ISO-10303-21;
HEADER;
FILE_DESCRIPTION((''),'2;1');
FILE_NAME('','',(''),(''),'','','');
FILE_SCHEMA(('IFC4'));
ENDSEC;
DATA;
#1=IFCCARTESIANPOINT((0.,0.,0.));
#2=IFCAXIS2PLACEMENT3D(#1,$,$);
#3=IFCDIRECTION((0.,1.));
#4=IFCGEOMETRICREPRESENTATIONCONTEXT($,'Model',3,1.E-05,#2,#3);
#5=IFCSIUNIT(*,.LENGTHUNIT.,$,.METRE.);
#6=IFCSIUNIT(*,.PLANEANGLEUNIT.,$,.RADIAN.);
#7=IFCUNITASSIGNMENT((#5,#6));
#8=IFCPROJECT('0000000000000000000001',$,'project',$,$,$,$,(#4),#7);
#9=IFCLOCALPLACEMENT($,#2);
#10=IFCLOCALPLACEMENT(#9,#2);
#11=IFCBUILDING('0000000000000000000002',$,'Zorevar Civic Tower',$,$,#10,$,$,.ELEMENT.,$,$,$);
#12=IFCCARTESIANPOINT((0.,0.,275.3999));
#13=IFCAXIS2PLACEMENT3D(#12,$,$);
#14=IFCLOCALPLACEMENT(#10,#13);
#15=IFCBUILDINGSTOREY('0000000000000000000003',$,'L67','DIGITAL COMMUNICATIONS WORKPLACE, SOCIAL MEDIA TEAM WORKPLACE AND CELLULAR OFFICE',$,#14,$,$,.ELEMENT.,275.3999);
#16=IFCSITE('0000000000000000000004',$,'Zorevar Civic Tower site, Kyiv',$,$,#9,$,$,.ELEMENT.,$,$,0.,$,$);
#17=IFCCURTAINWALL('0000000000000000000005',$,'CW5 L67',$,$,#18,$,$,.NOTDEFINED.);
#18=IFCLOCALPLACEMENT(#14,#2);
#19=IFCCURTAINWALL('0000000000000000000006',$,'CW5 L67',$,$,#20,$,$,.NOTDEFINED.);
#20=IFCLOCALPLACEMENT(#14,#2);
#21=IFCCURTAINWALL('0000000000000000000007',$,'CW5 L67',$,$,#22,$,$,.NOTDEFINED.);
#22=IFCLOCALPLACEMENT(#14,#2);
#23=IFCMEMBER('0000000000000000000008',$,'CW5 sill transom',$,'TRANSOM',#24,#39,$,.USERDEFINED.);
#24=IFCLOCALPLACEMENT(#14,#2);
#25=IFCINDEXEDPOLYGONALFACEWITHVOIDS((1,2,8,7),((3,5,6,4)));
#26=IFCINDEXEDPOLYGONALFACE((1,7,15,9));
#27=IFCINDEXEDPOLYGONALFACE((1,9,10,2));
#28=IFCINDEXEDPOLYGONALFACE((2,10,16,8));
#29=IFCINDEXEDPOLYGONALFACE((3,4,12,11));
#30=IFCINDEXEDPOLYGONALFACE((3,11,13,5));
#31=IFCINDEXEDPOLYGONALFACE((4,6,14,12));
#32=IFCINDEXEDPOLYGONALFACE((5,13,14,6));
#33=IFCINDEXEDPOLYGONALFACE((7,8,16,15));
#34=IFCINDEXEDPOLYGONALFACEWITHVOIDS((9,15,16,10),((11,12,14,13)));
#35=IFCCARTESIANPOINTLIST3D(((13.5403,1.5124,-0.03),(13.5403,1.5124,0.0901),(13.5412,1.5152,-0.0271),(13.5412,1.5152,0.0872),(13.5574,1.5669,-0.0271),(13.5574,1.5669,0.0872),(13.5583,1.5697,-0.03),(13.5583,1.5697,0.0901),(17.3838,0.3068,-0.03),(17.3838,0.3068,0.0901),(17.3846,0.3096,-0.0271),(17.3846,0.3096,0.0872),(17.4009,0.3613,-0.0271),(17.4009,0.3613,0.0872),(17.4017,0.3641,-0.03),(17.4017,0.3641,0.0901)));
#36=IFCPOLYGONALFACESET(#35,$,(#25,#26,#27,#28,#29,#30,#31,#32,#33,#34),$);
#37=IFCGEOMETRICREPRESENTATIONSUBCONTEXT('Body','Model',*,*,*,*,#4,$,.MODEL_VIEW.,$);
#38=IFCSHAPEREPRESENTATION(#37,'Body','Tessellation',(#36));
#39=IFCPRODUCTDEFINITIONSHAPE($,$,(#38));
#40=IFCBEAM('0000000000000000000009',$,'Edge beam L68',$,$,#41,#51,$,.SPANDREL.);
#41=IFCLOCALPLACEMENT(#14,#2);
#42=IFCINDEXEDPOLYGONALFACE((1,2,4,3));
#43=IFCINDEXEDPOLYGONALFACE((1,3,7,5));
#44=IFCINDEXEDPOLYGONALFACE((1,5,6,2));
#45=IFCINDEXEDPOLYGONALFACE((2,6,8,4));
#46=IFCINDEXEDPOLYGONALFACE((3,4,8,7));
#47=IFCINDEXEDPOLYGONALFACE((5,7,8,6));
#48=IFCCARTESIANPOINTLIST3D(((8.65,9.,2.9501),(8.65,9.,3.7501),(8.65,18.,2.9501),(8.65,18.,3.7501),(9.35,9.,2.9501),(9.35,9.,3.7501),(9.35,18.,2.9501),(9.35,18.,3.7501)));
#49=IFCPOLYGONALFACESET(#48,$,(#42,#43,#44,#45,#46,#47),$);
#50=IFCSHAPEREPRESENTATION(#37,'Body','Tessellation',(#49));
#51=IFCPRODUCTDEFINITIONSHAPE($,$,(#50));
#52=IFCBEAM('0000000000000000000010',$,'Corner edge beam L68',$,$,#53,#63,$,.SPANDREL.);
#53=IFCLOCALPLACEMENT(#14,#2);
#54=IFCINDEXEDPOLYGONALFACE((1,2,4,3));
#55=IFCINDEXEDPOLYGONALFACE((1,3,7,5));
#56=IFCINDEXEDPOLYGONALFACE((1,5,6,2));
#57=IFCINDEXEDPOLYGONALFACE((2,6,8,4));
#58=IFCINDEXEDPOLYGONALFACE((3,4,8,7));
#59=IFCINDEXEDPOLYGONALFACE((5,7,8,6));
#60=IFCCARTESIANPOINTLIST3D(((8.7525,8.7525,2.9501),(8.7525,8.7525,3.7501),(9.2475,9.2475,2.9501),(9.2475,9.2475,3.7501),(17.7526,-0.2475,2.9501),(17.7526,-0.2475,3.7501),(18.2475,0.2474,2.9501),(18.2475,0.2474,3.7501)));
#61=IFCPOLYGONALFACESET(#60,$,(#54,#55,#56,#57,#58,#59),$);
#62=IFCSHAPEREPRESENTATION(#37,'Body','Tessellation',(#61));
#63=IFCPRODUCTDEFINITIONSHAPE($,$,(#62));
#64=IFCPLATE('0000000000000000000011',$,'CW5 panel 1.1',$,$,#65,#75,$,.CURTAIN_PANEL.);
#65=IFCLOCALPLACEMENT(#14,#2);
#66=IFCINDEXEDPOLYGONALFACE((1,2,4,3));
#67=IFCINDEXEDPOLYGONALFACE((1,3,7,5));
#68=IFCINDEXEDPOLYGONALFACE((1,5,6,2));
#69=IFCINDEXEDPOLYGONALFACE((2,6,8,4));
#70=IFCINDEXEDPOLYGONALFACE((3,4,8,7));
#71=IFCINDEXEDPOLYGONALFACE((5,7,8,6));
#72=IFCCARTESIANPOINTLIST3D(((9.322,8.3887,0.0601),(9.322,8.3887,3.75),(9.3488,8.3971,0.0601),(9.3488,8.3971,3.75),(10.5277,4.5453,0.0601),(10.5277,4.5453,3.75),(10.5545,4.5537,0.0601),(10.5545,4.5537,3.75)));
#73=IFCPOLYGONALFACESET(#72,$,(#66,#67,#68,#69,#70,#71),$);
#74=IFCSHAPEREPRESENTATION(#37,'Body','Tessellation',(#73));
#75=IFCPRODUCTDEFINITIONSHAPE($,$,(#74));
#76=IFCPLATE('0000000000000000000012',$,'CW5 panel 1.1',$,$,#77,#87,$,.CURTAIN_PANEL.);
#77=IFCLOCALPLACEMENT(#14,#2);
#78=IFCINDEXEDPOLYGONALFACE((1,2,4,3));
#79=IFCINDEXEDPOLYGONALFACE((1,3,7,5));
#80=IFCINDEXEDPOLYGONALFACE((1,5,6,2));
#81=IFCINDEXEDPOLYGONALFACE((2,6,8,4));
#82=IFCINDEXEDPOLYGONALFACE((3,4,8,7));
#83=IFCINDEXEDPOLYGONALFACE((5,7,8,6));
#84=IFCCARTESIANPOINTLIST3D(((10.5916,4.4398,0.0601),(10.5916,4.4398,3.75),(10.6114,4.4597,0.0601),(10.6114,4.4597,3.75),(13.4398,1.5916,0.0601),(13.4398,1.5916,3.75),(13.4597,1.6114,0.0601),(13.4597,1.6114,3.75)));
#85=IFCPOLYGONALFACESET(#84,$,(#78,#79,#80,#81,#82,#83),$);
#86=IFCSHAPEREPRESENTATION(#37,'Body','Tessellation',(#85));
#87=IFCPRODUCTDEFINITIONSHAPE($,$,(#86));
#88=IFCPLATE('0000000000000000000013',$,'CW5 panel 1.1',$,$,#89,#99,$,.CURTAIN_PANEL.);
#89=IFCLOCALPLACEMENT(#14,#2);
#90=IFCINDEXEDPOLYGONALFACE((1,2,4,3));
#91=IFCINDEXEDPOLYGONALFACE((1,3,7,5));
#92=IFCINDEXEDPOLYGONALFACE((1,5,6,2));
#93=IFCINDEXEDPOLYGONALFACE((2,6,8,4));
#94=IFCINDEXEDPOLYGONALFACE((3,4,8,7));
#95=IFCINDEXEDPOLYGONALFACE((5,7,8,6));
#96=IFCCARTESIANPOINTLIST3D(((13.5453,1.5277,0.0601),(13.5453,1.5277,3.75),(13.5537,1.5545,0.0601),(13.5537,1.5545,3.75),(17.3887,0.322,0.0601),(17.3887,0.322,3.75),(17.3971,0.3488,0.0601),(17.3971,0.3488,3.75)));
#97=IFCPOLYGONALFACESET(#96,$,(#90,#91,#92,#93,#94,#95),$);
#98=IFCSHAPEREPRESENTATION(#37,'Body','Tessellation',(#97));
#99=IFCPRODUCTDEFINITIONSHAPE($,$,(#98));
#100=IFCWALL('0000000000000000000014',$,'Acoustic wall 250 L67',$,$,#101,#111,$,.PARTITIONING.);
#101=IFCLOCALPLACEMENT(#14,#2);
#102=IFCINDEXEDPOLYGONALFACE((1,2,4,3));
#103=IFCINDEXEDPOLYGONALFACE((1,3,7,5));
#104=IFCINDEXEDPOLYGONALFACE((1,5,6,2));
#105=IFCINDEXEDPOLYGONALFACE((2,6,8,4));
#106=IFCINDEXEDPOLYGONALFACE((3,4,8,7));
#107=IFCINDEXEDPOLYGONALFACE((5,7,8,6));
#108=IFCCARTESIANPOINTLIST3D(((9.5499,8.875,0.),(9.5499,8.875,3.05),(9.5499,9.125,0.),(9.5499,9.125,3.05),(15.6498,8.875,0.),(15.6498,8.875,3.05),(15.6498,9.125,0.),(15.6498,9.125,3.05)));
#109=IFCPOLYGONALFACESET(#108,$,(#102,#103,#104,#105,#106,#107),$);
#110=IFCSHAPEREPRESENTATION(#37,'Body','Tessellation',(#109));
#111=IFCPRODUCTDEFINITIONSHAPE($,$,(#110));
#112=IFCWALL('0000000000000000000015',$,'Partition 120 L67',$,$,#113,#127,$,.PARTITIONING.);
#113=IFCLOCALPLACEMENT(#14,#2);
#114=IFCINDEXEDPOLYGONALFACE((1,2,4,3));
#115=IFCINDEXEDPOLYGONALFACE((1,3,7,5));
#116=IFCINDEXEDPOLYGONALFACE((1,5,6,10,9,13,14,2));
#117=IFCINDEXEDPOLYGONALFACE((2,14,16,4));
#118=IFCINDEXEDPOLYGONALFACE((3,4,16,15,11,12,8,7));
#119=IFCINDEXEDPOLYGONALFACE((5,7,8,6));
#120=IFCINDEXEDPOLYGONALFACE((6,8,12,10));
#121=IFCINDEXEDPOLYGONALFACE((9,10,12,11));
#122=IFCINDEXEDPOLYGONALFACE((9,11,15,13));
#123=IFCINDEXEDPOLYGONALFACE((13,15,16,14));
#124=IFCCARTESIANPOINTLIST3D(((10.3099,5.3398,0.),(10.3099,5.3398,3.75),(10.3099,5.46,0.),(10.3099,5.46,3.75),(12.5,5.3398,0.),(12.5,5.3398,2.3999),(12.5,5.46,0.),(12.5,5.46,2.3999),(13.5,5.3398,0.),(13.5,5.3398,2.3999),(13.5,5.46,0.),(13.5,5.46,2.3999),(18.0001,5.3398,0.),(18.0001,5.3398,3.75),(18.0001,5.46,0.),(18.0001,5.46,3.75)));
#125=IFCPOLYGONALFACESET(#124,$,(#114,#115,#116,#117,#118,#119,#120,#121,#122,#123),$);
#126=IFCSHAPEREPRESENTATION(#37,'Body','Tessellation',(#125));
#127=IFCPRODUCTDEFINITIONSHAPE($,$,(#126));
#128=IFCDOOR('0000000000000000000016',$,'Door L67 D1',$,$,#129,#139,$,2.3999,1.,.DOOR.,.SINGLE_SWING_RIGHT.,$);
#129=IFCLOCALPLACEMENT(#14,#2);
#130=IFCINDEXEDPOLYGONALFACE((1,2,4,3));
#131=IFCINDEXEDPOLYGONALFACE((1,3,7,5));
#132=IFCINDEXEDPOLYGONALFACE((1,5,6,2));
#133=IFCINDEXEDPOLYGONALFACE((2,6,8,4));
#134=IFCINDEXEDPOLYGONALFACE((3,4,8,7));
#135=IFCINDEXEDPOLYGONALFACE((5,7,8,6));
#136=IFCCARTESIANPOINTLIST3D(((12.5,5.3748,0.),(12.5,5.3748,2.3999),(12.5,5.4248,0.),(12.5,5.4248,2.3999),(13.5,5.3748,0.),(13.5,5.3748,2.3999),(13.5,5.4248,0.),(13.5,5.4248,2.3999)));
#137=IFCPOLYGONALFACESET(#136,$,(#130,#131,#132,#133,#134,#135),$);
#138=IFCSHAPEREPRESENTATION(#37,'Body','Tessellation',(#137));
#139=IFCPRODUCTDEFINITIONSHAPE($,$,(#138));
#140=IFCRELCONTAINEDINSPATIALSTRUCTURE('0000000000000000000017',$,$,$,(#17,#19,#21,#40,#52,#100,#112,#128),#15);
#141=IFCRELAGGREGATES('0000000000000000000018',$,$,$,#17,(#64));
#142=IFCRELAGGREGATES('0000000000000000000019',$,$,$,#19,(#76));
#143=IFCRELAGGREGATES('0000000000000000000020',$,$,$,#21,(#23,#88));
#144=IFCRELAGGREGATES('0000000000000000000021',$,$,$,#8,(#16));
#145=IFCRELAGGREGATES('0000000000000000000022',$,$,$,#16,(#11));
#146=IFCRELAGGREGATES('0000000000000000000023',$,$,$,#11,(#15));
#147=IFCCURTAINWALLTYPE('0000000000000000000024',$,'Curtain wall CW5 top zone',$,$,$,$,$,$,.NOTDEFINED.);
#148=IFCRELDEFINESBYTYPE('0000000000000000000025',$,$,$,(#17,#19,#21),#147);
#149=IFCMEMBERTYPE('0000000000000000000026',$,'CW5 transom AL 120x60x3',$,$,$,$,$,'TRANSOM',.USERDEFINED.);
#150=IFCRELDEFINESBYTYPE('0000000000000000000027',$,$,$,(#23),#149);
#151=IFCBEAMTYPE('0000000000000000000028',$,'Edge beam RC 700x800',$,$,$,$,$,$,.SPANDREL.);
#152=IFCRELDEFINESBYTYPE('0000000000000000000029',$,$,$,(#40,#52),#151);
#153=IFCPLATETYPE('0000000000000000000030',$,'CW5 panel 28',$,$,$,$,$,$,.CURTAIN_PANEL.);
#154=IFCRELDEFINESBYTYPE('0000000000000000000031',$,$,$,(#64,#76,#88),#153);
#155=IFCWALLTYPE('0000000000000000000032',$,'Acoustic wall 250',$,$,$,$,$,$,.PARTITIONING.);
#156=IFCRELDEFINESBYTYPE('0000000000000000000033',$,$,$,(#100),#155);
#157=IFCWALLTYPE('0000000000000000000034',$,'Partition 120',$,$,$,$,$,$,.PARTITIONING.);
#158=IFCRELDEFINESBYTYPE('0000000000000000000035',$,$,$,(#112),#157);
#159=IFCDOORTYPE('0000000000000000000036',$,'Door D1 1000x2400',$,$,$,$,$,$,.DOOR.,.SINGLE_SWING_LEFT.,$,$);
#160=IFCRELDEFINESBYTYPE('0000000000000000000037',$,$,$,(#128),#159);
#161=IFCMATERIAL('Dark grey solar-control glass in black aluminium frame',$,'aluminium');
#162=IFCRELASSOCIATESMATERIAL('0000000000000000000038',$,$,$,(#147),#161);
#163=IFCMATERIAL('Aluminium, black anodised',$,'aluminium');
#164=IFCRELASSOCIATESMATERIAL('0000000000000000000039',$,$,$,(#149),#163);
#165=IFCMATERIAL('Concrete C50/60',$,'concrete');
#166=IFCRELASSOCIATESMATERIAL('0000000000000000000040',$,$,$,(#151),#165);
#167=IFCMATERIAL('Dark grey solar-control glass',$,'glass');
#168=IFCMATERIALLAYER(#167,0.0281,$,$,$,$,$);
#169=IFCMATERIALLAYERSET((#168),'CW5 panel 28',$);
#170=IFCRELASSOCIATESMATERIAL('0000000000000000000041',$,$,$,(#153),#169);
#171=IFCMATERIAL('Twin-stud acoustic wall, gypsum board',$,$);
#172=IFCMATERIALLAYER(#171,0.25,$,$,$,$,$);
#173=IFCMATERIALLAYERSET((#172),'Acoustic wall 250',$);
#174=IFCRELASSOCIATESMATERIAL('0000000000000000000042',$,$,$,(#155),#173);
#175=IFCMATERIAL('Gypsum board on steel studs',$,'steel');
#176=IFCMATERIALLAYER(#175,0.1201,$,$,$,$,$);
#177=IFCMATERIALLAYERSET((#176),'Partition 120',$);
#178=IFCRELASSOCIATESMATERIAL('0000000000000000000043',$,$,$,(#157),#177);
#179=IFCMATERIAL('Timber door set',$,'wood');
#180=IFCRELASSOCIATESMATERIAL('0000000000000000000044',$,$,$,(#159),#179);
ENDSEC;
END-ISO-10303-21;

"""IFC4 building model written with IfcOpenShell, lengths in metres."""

from ifc_helpers import new_model, si_unit, direction, frame, frame_2d, origin, origin_2d, place, context, subcontext, project, spatial, rectangle, hollow_rectangle, extrude, material, layer, layer_set, material_profile, profile_set, type_object, element, fill, aggregate, save


model = new_model("IFC4")

# Units and contexts
model_context = context("Model", 3, precision=1e-05, world=origin(), true_north=direction((0.0, 1.0)))
body_context = subcontext(model_context, "Body", "Model", "MODEL_VIEW")
ifc_project = project(units=[si_unit("LENGTHUNIT", "METRE"), si_unit("PLANEANGLEUNIT", "RADIAN")], contexts=[model_context])

# Site, building, storey
site_placement = place(None, origin())
site = spatial("IfcSite", under=ifc_project, at=site_placement, Name="Zorevar Civic Tower site, Kyiv", CompositionType="ELEMENT", RefElevation=0.0)
building_placement = place(site_placement, origin())
building = spatial("IfcBuilding", under=site, at=building_placement, Name="Zorevar Civic Tower", CompositionType="ELEMENT")
storey_placement = place(building_placement, frame((0.0, 0.0, 275.3999)))
storey = spatial("IfcBuildingStorey", under=building, at=storey_placement, Name="L67", Description="DIGITAL COMMUNICATIONS WORKPLACE, SOCIAL MEDIA TEAM WORKPLACE AND CELLULAR OFFICE", CompositionType="ELEMENT", Elevation=275.3999)

# Shared definitions
ifc_material_1 = material(Name="Dark grey solar-control glass in black aluminium frame", Category="aluminium")
curtain_wall_type = type_object("IfcCurtainWallType", Name="Curtain wall CW5 top zone", PredefinedType="NOTDEFINED", material=ifc_material_1)

# Curtain walls
curtain_wall_1_placement = place(storey_placement, origin())
curtain_wall_1 = element("IfcCurtainWall", 1, at=curtain_wall_1_placement, inside=storey, type_object=curtain_wall_type, Name="CW5 L67", PredefinedType="NOTDEFINED")
curtain_wall_2_placement = place(storey_placement, origin())
curtain_wall_2 = element("IfcCurtainWall", 2, at=curtain_wall_2_placement, inside=storey, type_object=curtain_wall_type, Name="CW5 L67", PredefinedType="NOTDEFINED")
curtain_wall_3_placement = place(storey_placement, origin())
curtain_wall_3 = element("IfcCurtainWall", 3, at=curtain_wall_3_placement, inside=storey, type_object=curtain_wall_type, Name="CW5 L67", PredefinedType="NOTDEFINED")

# Member
ifc_material_2 = material(Name="Aluminium, black anodised", Category="aluminium")
ifc_material_profile_1 = material_profile(ifc_material_2, hollow_rectangle(XDim=0.0601, YDim=0.1201, WallThickness=0.0029, at=origin_2d()), Name="AL 120x60x3")
ifc_profile_set_1 = profile_set([ifc_material_profile_1], Name="Aluminium, black anodised")
member_type_1 = type_object("IfcMemberType", Name="CW5 transom AL 120x60x3", ElementType="TRANSOM", PredefinedType="USERDEFINED", material=ifc_profile_set_1)
member_1_placement = place(storey_placement, frame((13.5493, 1.541, 0.03), z_axis=(0.954163, -0.299286, 0.0), x_axis=(0.299286, 0.954163, 0.0)))
member_1 = element("IfcMember", 4, at=member_1_placement, type_object=member_type_1, Name="CW5 sill transom", ObjectType="TRANSOM", PredefinedType="USERDEFINED", context=body_context, shape_type="SweptSolid", body=[
    extrude(hollow_rectangle(XDim=0.0601, YDim=0.1201, WallThickness=0.0029, at=origin_2d()), origin(), (0.0, 0.0, 1.0), 4.0281),
])

# Beams
ifc_material_3 = material(Name="Concrete C50/60", Category="concrete")
ifc_material_profile_2 = material_profile(ifc_material_3, rectangle(XDim=0.7, YDim=0.8, at=origin_2d()), Name="RC 700x800")
ifc_profile_set_2 = profile_set([ifc_material_profile_2], Name="Concrete C50/60")
beam_type_1 = type_object("IfcBeamType", Name="Edge beam RC 700x800", PredefinedType="SPANDREL", material=ifc_profile_set_2)
beam_1_placement = place(storey_placement, frame((9.0, 9.0, 3.3501), z_axis=(0.0, 1.0, 0.0), x_axis=(-1.0, 0.0, 0.0)))
element("IfcBeam", 5, at=beam_1_placement, inside=storey, type_object=beam_type_1, Name="Edge beam L68", PredefinedType="SPANDREL", context=body_context, shape_type="SweptSolid", body=[
    extrude(rectangle(XDim=0.7, YDim=0.8, at=origin_2d()), origin(), (0.0, 0.0, 1.0), 9.0),
])
beam_2_placement = place(storey_placement, frame((9.0, 9.0, 3.3501), z_axis=(0.707107, -0.707107, 0.0), x_axis=(0.707107, 0.707107, 0.0)))
element("IfcBeam", 6, at=beam_2_placement, inside=storey, type_object=beam_type_1, Name="Corner edge beam L68", PredefinedType="SPANDREL", context=body_context, shape_type="SweptSolid", body=[
    extrude(rectangle(XDim=0.7, YDim=0.8, at=origin_2d()), origin(), (0.0, 0.0, 1.0), 12.728),
])

# Plates
ifc_material_4 = material(Name="Dark grey solar-control glass", Category="glass")
ifc_layer_1 = layer(ifc_material_4, 0.0281)
ifc_layer_set_1 = layer_set([ifc_layer_1], Name="CW5 panel 28")
plate_type = type_object("IfcPlateType", Name="CW5 panel 28", PredefinedType="CURTAIN_PANEL", material=ifc_layer_set_1)
plate_1_placement = place(storey_placement, frame((9.9382, 6.4712, 0.0601), z_axis=(0.0, 0.0, 1.0), x_axis=(0.299318, -0.954153, 0.0)))
plate_1 = element("IfcPlate", 7, at=plate_1_placement, type_object=plate_type, Name="CW5 panel 1.1", PredefinedType="CURTAIN_PANEL", context=body_context, shape_type="SweptSolid", body=[
    extrude(rectangle(XDim=4.0281, YDim=0.0281, at=origin_2d()), origin(), (0.0, 0.0, 1.0), 3.6899),
])
aggregate(curtain_wall_1, [plate_1])
plate_2_placement = place(storey_placement, frame((12.0256, 3.0256, 0.0601), z_axis=(0.0, 0.0, 1.0), x_axis=(0.707107, -0.707107, 0.0)))
plate_2 = element("IfcPlate", 8, at=plate_2_placement, type_object=plate_type, Name="CW5 panel 1.1", PredefinedType="CURTAIN_PANEL", context=body_context, shape_type="SweptSolid", body=[
    extrude(rectangle(XDim=4.0281, YDim=0.0281, at=origin_2d()), origin(), (0.0, 0.0, 1.0), 3.6899),
])
aggregate(curtain_wall_2, [plate_2])
plate_3_placement = place(storey_placement, frame((15.4712, 0.9382, 0.0601), z_axis=(0.0, 0.0, 1.0), x_axis=(0.954153, -0.299318, 0.0)))
plate_3 = element("IfcPlate", 9, at=plate_3_placement, type_object=plate_type, Name="CW5 panel 1.1", PredefinedType="CURTAIN_PANEL", context=body_context, shape_type="SweptSolid", body=[
    extrude(rectangle(XDim=4.0281, YDim=0.0281, at=origin_2d()), origin(), (0.0, 0.0, 1.0), 3.6899),
])
aggregate(curtain_wall_3, [member_1, plate_3])

# Wall
ifc_material_5 = material(Name="Twin-stud acoustic wall, gypsum board")
ifc_layer_2 = layer(ifc_material_5, 0.25)
ifc_layer_set_2 = layer_set([ifc_layer_2], Name="Acoustic wall 250")
wall_type_1 = type_object("IfcWallType", Name="Acoustic wall 250", PredefinedType="PARTITIONING", material=ifc_layer_set_2)
wall_1_placement = place(storey_placement, frame((9.55, 9.0, 0.0), z_axis=(0.0, 0.0, 1.0), x_axis=(1.0, 0.0, 0.0)))
element("IfcWall", 10, at=wall_1_placement, inside=storey, type_object=wall_type_1, Name="Acoustic wall 250 L67", PredefinedType="PARTITIONING", context=body_context, shape_type="SweptSolid", body=[
    extrude(rectangle(XDim=6.0999, YDim=0.25, at=frame_2d((3.0498, 0.0))), origin(), (0.0, 0.0, 1.0), 3.05),
])

# Wall, opening, door
ifc_material_6 = material(Name="Gypsum board on steel studs", Category="steel")
ifc_layer_3 = layer(ifc_material_6, 0.1201)
ifc_layer_set_3 = layer_set([ifc_layer_3], Name="Partition 120")
wall_type_2 = type_object("IfcWallType", Name="Partition 120", PredefinedType="PARTITIONING", material=ifc_layer_set_3)
wall_2_placement = place(storey_placement, frame((10.3098, 5.3999, 0.0), z_axis=(0.0, 0.0, 1.0), x_axis=(1.0, 0.0, 0.0)))
wall_2 = element("IfcWall", 11, at=wall_2_placement, inside=storey, type_object=wall_type_2, Name="Partition 120 L67", PredefinedType="PARTITIONING", context=body_context, shape_type="SweptSolid", body=[
    extrude(rectangle(XDim=7.6902, YDim=0.1201, at=frame_2d((3.8452, 0.0))), origin(), (0.0, 0.0, 1.0), 3.75),
])
opening_1_placement = place(wall_2_placement, frame((2.1902, 0.0, 0.0)))
opening_1 = element("IfcOpeningElement", 12, at=opening_1_placement, cuts=wall_2, PredefinedType="OPENING", context=body_context, shape_type="SweptSolid", body=[
    extrude(rectangle(XDim=1.0, YDim=2.3999, at=frame_2d((0.5, 1.2))), frame((0.0, 0.0701, 0.0), z_axis=(0.0, -1.0, 0.0), x_axis=(1.0, 0.0, 0.0)), (0.0, 0.0, 1.0), 0.1401),
])
ifc_material_7 = material(Name="Timber door set", Category="wood")
door_type_1 = type_object("IfcDoorType", Name="Door D1 1000x2400", OperationType="SINGLE_SWING_LEFT", PredefinedType="DOOR", material=ifc_material_7)
door_1_placement = place(opening_1_placement, origin())
door_1 = element("IfcDoor", 13, at=door_1_placement, inside=storey, type_object=door_type_1, Name="Door L67 D1", OperationType="SINGLE_SWING_RIGHT", OverallHeight=2.3999, OverallWidth=1.0, PredefinedType="DOOR", context=body_context, shape_type="SweptSolid", body=[
    extrude(rectangle(XDim=1.0, YDim=2.3999, at=frame_2d((0.5, 1.2))), frame((0.0, 0.0249, 0.0), z_axis=(0.0, -1.0, 0.0), x_axis=(1.0, 0.0, 0.0)), (0.0, 0.0, 1.0), 0.05),
])
fill(opening_1, door_1)

save(model, "model.ifc")
